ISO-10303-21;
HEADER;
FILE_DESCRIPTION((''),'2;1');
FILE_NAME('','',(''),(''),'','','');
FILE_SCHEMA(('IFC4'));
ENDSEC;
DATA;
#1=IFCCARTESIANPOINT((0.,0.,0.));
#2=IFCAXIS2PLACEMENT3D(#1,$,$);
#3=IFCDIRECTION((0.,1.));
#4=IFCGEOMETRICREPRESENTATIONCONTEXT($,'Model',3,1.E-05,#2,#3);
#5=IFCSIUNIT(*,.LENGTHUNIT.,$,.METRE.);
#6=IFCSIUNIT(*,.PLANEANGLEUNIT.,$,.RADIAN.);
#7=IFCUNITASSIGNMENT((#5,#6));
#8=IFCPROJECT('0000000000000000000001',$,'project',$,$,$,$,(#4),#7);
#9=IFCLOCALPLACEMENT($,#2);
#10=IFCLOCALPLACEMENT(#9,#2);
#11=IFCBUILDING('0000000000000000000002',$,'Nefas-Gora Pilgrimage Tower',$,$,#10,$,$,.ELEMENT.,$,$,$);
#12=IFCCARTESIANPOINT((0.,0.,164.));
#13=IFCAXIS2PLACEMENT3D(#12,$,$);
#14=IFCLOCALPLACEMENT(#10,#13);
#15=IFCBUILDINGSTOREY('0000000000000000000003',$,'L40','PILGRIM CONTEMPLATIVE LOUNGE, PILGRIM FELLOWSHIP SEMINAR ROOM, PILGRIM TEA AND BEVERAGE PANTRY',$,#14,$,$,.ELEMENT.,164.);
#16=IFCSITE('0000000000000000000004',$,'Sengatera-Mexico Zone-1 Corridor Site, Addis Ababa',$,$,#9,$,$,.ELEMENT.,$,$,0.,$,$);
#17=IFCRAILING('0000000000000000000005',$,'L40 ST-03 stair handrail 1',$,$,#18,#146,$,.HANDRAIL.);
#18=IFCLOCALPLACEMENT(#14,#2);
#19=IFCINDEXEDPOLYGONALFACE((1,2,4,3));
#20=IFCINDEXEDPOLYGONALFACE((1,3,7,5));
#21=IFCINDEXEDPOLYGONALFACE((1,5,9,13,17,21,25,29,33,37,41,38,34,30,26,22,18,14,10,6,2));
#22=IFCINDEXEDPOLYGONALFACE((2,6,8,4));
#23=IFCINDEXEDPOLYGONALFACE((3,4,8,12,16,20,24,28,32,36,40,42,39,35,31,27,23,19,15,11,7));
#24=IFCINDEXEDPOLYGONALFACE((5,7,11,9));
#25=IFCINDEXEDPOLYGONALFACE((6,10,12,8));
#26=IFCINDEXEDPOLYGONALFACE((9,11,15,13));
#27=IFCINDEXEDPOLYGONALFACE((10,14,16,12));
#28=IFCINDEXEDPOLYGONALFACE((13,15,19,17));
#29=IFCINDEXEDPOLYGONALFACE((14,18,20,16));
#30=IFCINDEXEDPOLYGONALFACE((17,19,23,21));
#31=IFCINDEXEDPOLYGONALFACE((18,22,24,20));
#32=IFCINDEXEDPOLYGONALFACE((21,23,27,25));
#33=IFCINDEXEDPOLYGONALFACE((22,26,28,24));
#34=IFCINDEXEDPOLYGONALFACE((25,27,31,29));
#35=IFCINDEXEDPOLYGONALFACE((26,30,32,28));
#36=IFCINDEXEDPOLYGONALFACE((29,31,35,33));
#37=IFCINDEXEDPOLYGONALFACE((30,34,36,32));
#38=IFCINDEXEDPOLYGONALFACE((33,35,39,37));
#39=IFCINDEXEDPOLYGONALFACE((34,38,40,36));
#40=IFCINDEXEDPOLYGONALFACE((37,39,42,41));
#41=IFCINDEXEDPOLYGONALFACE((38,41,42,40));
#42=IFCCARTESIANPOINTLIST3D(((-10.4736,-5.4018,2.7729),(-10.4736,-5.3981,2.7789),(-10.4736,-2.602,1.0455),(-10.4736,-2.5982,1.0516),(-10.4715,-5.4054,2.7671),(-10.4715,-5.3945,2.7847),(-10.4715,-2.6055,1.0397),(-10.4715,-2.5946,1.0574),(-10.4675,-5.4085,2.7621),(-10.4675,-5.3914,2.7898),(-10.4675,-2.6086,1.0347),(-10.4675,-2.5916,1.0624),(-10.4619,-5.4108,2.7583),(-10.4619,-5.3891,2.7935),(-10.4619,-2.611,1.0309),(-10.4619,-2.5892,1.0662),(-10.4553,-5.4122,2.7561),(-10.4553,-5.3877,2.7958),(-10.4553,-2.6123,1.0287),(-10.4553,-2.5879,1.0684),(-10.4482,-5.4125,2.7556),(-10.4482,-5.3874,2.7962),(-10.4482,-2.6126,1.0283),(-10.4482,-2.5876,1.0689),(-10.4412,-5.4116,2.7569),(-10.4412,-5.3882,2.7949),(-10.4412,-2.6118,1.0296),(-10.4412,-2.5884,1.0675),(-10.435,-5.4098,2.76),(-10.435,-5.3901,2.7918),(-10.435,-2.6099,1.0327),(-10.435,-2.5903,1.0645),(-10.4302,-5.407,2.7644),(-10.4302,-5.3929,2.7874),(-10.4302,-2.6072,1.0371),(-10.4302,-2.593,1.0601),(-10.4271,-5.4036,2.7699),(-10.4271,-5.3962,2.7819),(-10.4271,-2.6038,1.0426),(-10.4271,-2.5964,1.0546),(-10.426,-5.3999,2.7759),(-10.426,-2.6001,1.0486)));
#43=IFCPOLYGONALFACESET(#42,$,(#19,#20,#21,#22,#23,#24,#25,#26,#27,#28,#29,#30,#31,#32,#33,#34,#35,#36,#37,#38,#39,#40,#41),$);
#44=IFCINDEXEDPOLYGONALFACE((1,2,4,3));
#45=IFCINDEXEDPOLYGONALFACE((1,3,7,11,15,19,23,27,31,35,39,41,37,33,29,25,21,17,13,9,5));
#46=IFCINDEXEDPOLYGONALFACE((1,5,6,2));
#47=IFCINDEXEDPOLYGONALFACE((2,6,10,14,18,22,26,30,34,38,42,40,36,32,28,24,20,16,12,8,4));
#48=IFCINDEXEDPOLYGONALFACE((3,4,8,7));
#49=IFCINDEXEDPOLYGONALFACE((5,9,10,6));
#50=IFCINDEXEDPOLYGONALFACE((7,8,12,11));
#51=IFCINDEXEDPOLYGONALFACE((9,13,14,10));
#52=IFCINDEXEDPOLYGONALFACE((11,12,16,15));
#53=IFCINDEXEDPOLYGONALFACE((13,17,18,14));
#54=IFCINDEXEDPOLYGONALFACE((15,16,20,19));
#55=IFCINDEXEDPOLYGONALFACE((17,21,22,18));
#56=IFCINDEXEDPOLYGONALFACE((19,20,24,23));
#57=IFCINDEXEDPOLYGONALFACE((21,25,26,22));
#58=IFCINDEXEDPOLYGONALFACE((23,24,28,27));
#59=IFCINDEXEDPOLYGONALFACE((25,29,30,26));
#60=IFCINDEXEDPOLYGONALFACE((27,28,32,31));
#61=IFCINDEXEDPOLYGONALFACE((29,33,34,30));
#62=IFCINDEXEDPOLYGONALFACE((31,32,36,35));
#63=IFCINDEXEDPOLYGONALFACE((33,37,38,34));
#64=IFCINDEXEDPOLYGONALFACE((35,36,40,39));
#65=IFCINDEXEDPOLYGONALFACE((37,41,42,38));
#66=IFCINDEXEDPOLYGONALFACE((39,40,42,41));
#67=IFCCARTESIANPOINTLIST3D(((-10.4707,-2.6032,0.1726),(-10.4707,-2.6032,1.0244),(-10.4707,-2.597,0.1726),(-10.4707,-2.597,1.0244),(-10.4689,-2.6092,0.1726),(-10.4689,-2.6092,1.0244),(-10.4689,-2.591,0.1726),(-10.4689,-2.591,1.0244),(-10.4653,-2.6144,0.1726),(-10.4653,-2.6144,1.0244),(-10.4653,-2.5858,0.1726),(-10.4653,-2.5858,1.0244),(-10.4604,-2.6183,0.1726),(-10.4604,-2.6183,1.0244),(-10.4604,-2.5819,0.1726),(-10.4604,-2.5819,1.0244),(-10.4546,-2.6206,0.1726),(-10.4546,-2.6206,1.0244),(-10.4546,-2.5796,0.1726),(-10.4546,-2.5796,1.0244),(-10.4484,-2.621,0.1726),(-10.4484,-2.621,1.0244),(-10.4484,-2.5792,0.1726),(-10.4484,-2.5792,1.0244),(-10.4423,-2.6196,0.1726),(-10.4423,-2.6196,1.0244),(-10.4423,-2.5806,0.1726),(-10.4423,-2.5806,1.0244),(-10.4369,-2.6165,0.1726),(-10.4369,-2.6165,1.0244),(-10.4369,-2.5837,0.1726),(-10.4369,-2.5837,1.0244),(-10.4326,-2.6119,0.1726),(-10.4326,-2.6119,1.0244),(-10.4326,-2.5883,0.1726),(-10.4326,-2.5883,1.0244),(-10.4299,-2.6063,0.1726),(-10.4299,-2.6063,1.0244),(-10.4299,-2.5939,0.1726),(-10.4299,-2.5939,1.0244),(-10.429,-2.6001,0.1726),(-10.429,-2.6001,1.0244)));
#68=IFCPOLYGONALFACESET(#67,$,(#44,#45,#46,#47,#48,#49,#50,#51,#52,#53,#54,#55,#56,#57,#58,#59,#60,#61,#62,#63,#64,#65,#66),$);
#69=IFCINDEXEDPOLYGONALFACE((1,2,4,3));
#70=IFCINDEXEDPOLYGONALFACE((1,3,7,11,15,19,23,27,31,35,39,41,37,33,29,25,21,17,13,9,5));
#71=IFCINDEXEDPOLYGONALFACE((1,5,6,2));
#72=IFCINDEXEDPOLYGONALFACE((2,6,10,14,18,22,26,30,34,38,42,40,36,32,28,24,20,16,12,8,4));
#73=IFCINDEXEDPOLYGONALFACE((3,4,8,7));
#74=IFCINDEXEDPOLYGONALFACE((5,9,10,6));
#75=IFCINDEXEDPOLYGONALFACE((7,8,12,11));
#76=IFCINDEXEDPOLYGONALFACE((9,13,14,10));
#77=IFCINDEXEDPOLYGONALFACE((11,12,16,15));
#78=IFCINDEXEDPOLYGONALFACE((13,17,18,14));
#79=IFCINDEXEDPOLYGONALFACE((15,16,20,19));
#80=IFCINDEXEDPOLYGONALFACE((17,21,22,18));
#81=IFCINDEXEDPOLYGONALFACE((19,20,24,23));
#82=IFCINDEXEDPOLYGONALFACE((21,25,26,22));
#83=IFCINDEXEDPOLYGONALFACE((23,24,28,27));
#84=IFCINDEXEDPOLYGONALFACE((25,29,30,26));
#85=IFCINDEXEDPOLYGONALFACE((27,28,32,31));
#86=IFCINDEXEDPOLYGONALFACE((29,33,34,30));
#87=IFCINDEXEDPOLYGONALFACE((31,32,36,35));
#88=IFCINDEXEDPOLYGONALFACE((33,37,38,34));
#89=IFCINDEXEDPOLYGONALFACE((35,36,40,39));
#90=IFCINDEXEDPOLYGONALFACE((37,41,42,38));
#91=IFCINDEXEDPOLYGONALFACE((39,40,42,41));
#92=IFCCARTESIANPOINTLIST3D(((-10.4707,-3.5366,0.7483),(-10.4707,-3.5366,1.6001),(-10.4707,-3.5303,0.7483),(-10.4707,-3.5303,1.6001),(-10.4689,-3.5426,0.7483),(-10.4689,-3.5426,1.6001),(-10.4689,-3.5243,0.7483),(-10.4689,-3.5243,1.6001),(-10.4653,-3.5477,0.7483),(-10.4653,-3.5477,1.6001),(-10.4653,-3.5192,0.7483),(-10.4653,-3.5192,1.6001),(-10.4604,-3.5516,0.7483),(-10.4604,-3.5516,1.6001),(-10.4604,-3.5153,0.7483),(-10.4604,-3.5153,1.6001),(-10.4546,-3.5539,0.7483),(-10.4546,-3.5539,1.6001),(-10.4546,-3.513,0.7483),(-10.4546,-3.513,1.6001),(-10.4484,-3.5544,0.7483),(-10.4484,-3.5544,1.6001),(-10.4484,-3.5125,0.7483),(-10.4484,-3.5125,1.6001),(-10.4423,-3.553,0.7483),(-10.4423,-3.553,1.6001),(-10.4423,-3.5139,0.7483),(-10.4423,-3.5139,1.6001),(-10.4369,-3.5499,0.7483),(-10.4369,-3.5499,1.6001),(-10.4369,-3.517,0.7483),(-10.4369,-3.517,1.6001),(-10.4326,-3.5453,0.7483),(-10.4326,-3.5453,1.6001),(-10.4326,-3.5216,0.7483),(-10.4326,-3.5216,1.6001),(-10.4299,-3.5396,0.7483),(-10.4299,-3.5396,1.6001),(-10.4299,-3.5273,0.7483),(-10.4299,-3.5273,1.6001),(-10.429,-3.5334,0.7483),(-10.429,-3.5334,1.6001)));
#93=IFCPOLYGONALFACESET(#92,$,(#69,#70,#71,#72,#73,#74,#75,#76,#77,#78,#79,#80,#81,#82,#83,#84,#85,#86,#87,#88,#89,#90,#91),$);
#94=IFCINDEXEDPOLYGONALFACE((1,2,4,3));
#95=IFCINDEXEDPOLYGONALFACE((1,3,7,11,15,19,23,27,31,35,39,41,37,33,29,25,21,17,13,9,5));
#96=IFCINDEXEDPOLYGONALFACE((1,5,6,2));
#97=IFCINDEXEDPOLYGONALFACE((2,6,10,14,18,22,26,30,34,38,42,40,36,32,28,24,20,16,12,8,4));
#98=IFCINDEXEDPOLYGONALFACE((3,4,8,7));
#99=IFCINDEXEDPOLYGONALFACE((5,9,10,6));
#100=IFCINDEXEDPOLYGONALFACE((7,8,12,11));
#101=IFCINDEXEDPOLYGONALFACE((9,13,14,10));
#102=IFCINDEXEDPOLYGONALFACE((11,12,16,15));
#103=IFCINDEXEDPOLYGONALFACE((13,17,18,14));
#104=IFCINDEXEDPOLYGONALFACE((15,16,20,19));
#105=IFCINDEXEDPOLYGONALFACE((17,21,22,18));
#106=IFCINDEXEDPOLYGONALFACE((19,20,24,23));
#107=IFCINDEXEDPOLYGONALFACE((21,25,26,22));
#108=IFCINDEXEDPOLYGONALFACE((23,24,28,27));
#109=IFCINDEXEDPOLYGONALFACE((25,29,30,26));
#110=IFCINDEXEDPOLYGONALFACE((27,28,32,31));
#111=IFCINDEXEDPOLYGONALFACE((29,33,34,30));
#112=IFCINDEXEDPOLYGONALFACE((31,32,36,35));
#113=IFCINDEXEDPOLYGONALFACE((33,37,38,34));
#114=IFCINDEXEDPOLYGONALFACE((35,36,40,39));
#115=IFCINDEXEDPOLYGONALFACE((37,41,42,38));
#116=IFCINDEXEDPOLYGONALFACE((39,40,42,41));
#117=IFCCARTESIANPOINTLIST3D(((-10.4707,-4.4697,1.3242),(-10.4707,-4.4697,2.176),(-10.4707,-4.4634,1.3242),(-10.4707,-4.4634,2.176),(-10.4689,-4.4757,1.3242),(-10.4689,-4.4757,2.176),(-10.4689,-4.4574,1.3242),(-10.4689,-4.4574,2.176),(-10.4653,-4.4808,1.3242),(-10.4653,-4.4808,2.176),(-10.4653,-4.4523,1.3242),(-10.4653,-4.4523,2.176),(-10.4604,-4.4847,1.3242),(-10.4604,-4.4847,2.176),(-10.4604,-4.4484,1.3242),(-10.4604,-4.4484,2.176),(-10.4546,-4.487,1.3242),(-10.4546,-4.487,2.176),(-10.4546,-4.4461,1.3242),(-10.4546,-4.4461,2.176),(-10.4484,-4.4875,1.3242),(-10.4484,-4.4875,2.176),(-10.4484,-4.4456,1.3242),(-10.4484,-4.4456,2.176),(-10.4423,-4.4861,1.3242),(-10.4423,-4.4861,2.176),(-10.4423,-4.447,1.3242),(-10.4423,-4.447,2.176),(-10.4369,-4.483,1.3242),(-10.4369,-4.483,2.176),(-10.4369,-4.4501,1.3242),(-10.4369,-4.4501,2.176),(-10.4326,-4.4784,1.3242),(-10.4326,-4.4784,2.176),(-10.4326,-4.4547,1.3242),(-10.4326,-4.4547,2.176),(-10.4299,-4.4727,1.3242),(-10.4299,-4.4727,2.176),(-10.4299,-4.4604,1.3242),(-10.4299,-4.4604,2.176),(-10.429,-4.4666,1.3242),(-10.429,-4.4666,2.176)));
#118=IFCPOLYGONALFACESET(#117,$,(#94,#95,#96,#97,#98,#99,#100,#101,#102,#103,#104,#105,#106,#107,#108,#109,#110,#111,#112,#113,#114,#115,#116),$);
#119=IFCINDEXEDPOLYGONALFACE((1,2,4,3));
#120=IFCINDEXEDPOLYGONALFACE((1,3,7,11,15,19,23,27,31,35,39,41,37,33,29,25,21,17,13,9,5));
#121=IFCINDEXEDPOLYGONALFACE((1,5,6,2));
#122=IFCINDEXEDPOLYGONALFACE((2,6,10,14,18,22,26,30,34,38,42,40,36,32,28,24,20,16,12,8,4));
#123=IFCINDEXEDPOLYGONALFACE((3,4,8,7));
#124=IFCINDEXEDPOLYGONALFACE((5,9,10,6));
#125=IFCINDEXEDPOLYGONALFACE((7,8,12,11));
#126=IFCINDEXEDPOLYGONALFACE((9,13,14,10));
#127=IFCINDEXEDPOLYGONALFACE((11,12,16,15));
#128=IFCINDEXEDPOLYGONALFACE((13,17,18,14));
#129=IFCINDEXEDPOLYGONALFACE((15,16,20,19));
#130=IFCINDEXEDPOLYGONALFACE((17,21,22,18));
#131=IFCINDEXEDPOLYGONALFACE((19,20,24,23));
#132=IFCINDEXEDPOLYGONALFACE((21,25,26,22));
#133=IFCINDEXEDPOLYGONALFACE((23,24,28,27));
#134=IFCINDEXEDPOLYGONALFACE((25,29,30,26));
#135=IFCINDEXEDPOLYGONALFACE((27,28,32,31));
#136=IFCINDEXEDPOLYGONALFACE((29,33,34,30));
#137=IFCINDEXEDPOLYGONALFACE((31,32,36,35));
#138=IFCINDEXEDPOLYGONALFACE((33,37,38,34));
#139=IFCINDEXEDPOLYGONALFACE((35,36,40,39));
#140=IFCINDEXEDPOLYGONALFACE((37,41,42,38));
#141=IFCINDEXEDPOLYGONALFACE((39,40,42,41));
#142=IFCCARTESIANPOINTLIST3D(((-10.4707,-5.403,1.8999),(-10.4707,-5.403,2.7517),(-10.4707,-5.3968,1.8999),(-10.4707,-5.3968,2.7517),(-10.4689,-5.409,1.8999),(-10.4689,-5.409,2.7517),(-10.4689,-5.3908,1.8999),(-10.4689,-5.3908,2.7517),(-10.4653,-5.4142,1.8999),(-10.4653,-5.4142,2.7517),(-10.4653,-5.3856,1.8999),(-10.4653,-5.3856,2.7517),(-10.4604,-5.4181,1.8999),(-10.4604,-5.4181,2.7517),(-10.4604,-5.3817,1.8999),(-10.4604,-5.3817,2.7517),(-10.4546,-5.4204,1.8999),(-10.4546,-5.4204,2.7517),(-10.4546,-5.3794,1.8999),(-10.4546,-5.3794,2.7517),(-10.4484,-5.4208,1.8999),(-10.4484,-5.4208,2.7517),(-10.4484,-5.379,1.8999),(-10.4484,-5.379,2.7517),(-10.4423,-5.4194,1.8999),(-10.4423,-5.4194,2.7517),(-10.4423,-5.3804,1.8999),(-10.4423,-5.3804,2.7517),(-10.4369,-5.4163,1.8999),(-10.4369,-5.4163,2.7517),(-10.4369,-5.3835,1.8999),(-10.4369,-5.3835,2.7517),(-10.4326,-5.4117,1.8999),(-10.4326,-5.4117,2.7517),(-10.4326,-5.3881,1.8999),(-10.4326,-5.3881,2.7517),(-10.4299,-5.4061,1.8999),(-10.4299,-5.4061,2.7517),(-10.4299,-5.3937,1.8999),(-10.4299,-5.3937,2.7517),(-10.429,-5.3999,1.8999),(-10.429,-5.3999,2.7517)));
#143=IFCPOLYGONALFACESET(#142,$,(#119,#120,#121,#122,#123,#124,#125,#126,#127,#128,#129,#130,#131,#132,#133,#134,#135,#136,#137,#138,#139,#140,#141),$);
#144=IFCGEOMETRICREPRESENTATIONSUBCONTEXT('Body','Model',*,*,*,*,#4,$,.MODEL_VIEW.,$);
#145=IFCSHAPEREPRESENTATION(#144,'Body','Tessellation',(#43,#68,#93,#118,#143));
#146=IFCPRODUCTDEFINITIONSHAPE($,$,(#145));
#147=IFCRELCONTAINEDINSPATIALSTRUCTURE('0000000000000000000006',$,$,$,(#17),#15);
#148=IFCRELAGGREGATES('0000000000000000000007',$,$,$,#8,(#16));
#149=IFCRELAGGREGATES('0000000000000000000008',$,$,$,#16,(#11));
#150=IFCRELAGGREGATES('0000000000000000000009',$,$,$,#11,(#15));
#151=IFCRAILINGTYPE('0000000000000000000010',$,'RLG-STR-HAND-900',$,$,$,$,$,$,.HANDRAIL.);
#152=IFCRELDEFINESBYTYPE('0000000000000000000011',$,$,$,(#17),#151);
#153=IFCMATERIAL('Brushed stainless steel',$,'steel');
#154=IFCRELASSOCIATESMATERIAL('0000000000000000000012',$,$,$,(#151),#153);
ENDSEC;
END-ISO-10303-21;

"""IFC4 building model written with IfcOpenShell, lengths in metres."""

from ifc_helpers import new_model, si_unit, direction, frame, origin, origin_2d, place, context, subcontext, project, spatial, circle, extrude, material, type_object, element, save


model = new_model("IFC4")

# Units and contexts
model_context = context("Model", 3, precision=1e-05, world=origin(), true_north=direction((0.0, 1.0)))
body_context = subcontext(model_context, "Body", "Model", "MODEL_VIEW")
ifc_project = project(units=[si_unit("LENGTHUNIT", "METRE"), si_unit("PLANEANGLEUNIT", "RADIAN")], contexts=[model_context])

# Site, building, storey
site_placement = place(None, origin())
site = spatial("IfcSite", under=ifc_project, at=site_placement, Name="Sengatera-Mexico Zone-1 Corridor Site, Addis Ababa", CompositionType="ELEMENT", RefElevation=0.0)
building_placement = place(site_placement, origin())
building = spatial("IfcBuilding", under=site, at=building_placement, Name="Nefas-Gora Pilgrimage Tower", CompositionType="ELEMENT")
storey_placement = place(building_placement, frame((0.0, 0.0, 164.0)))
storey = spatial("IfcBuildingStorey", under=building, at=storey_placement, Name="L40", Description="PILGRIM CONTEMPLATIVE LOUNGE, PILGRIM FELLOWSHIP SEMINAR ROOM, PILGRIM TEA AND BEVERAGE PANTRY", CompositionType="ELEMENT", Elevation=164.0)

# Railing
ifc_material_1 = material(Name="Brushed stainless steel", Category="steel")
railing_type_1 = type_object("IfcRailingType", Name="RLG-STR-HAND-900", PredefinedType="HANDRAIL", material=ifc_material_1)
railing_1_placement = place(storey_placement, frame((-10.45, -2.6001, 0.1726)))
element("IfcRailing", 1, at=railing_1_placement, inside=storey, type_object=railing_type_1, Name="L40 ST-03 stair handrail 1", PredefinedType="HANDRAIL", context=body_context, shape_type="SweptSolid", body=[
    extrude(circle(Radius=0.0239, at=origin_2d()), frame((0.0, 0.0, 0.876), z_axis=(0.0, -0.851069, 0.525054), x_axis=(1.0, 0.0, 0.0)), (0.0, 0.0, 1.0), 3.2898),
    extrude(circle(Radius=0.021, at=origin_2d()), origin(), (0.0, 0.0, 1.0), 0.8518),
    extrude(circle(Radius=0.021, at=origin_2d()), frame((0.0, -0.9333, 0.5757)), (0.0, 0.0, 1.0), 0.8518),
    extrude(circle(Radius=0.021, at=origin_2d()), frame((0.0, -1.8665, 1.1516)), (0.0, 0.0, 1.0), 0.8518),
    extrude(circle(Radius=0.021, at=origin_2d()), frame((0.0, -2.7998, 1.7273)), (0.0, 0.0, 1.0), 0.8518),
])

save(model, "model.ifc")
